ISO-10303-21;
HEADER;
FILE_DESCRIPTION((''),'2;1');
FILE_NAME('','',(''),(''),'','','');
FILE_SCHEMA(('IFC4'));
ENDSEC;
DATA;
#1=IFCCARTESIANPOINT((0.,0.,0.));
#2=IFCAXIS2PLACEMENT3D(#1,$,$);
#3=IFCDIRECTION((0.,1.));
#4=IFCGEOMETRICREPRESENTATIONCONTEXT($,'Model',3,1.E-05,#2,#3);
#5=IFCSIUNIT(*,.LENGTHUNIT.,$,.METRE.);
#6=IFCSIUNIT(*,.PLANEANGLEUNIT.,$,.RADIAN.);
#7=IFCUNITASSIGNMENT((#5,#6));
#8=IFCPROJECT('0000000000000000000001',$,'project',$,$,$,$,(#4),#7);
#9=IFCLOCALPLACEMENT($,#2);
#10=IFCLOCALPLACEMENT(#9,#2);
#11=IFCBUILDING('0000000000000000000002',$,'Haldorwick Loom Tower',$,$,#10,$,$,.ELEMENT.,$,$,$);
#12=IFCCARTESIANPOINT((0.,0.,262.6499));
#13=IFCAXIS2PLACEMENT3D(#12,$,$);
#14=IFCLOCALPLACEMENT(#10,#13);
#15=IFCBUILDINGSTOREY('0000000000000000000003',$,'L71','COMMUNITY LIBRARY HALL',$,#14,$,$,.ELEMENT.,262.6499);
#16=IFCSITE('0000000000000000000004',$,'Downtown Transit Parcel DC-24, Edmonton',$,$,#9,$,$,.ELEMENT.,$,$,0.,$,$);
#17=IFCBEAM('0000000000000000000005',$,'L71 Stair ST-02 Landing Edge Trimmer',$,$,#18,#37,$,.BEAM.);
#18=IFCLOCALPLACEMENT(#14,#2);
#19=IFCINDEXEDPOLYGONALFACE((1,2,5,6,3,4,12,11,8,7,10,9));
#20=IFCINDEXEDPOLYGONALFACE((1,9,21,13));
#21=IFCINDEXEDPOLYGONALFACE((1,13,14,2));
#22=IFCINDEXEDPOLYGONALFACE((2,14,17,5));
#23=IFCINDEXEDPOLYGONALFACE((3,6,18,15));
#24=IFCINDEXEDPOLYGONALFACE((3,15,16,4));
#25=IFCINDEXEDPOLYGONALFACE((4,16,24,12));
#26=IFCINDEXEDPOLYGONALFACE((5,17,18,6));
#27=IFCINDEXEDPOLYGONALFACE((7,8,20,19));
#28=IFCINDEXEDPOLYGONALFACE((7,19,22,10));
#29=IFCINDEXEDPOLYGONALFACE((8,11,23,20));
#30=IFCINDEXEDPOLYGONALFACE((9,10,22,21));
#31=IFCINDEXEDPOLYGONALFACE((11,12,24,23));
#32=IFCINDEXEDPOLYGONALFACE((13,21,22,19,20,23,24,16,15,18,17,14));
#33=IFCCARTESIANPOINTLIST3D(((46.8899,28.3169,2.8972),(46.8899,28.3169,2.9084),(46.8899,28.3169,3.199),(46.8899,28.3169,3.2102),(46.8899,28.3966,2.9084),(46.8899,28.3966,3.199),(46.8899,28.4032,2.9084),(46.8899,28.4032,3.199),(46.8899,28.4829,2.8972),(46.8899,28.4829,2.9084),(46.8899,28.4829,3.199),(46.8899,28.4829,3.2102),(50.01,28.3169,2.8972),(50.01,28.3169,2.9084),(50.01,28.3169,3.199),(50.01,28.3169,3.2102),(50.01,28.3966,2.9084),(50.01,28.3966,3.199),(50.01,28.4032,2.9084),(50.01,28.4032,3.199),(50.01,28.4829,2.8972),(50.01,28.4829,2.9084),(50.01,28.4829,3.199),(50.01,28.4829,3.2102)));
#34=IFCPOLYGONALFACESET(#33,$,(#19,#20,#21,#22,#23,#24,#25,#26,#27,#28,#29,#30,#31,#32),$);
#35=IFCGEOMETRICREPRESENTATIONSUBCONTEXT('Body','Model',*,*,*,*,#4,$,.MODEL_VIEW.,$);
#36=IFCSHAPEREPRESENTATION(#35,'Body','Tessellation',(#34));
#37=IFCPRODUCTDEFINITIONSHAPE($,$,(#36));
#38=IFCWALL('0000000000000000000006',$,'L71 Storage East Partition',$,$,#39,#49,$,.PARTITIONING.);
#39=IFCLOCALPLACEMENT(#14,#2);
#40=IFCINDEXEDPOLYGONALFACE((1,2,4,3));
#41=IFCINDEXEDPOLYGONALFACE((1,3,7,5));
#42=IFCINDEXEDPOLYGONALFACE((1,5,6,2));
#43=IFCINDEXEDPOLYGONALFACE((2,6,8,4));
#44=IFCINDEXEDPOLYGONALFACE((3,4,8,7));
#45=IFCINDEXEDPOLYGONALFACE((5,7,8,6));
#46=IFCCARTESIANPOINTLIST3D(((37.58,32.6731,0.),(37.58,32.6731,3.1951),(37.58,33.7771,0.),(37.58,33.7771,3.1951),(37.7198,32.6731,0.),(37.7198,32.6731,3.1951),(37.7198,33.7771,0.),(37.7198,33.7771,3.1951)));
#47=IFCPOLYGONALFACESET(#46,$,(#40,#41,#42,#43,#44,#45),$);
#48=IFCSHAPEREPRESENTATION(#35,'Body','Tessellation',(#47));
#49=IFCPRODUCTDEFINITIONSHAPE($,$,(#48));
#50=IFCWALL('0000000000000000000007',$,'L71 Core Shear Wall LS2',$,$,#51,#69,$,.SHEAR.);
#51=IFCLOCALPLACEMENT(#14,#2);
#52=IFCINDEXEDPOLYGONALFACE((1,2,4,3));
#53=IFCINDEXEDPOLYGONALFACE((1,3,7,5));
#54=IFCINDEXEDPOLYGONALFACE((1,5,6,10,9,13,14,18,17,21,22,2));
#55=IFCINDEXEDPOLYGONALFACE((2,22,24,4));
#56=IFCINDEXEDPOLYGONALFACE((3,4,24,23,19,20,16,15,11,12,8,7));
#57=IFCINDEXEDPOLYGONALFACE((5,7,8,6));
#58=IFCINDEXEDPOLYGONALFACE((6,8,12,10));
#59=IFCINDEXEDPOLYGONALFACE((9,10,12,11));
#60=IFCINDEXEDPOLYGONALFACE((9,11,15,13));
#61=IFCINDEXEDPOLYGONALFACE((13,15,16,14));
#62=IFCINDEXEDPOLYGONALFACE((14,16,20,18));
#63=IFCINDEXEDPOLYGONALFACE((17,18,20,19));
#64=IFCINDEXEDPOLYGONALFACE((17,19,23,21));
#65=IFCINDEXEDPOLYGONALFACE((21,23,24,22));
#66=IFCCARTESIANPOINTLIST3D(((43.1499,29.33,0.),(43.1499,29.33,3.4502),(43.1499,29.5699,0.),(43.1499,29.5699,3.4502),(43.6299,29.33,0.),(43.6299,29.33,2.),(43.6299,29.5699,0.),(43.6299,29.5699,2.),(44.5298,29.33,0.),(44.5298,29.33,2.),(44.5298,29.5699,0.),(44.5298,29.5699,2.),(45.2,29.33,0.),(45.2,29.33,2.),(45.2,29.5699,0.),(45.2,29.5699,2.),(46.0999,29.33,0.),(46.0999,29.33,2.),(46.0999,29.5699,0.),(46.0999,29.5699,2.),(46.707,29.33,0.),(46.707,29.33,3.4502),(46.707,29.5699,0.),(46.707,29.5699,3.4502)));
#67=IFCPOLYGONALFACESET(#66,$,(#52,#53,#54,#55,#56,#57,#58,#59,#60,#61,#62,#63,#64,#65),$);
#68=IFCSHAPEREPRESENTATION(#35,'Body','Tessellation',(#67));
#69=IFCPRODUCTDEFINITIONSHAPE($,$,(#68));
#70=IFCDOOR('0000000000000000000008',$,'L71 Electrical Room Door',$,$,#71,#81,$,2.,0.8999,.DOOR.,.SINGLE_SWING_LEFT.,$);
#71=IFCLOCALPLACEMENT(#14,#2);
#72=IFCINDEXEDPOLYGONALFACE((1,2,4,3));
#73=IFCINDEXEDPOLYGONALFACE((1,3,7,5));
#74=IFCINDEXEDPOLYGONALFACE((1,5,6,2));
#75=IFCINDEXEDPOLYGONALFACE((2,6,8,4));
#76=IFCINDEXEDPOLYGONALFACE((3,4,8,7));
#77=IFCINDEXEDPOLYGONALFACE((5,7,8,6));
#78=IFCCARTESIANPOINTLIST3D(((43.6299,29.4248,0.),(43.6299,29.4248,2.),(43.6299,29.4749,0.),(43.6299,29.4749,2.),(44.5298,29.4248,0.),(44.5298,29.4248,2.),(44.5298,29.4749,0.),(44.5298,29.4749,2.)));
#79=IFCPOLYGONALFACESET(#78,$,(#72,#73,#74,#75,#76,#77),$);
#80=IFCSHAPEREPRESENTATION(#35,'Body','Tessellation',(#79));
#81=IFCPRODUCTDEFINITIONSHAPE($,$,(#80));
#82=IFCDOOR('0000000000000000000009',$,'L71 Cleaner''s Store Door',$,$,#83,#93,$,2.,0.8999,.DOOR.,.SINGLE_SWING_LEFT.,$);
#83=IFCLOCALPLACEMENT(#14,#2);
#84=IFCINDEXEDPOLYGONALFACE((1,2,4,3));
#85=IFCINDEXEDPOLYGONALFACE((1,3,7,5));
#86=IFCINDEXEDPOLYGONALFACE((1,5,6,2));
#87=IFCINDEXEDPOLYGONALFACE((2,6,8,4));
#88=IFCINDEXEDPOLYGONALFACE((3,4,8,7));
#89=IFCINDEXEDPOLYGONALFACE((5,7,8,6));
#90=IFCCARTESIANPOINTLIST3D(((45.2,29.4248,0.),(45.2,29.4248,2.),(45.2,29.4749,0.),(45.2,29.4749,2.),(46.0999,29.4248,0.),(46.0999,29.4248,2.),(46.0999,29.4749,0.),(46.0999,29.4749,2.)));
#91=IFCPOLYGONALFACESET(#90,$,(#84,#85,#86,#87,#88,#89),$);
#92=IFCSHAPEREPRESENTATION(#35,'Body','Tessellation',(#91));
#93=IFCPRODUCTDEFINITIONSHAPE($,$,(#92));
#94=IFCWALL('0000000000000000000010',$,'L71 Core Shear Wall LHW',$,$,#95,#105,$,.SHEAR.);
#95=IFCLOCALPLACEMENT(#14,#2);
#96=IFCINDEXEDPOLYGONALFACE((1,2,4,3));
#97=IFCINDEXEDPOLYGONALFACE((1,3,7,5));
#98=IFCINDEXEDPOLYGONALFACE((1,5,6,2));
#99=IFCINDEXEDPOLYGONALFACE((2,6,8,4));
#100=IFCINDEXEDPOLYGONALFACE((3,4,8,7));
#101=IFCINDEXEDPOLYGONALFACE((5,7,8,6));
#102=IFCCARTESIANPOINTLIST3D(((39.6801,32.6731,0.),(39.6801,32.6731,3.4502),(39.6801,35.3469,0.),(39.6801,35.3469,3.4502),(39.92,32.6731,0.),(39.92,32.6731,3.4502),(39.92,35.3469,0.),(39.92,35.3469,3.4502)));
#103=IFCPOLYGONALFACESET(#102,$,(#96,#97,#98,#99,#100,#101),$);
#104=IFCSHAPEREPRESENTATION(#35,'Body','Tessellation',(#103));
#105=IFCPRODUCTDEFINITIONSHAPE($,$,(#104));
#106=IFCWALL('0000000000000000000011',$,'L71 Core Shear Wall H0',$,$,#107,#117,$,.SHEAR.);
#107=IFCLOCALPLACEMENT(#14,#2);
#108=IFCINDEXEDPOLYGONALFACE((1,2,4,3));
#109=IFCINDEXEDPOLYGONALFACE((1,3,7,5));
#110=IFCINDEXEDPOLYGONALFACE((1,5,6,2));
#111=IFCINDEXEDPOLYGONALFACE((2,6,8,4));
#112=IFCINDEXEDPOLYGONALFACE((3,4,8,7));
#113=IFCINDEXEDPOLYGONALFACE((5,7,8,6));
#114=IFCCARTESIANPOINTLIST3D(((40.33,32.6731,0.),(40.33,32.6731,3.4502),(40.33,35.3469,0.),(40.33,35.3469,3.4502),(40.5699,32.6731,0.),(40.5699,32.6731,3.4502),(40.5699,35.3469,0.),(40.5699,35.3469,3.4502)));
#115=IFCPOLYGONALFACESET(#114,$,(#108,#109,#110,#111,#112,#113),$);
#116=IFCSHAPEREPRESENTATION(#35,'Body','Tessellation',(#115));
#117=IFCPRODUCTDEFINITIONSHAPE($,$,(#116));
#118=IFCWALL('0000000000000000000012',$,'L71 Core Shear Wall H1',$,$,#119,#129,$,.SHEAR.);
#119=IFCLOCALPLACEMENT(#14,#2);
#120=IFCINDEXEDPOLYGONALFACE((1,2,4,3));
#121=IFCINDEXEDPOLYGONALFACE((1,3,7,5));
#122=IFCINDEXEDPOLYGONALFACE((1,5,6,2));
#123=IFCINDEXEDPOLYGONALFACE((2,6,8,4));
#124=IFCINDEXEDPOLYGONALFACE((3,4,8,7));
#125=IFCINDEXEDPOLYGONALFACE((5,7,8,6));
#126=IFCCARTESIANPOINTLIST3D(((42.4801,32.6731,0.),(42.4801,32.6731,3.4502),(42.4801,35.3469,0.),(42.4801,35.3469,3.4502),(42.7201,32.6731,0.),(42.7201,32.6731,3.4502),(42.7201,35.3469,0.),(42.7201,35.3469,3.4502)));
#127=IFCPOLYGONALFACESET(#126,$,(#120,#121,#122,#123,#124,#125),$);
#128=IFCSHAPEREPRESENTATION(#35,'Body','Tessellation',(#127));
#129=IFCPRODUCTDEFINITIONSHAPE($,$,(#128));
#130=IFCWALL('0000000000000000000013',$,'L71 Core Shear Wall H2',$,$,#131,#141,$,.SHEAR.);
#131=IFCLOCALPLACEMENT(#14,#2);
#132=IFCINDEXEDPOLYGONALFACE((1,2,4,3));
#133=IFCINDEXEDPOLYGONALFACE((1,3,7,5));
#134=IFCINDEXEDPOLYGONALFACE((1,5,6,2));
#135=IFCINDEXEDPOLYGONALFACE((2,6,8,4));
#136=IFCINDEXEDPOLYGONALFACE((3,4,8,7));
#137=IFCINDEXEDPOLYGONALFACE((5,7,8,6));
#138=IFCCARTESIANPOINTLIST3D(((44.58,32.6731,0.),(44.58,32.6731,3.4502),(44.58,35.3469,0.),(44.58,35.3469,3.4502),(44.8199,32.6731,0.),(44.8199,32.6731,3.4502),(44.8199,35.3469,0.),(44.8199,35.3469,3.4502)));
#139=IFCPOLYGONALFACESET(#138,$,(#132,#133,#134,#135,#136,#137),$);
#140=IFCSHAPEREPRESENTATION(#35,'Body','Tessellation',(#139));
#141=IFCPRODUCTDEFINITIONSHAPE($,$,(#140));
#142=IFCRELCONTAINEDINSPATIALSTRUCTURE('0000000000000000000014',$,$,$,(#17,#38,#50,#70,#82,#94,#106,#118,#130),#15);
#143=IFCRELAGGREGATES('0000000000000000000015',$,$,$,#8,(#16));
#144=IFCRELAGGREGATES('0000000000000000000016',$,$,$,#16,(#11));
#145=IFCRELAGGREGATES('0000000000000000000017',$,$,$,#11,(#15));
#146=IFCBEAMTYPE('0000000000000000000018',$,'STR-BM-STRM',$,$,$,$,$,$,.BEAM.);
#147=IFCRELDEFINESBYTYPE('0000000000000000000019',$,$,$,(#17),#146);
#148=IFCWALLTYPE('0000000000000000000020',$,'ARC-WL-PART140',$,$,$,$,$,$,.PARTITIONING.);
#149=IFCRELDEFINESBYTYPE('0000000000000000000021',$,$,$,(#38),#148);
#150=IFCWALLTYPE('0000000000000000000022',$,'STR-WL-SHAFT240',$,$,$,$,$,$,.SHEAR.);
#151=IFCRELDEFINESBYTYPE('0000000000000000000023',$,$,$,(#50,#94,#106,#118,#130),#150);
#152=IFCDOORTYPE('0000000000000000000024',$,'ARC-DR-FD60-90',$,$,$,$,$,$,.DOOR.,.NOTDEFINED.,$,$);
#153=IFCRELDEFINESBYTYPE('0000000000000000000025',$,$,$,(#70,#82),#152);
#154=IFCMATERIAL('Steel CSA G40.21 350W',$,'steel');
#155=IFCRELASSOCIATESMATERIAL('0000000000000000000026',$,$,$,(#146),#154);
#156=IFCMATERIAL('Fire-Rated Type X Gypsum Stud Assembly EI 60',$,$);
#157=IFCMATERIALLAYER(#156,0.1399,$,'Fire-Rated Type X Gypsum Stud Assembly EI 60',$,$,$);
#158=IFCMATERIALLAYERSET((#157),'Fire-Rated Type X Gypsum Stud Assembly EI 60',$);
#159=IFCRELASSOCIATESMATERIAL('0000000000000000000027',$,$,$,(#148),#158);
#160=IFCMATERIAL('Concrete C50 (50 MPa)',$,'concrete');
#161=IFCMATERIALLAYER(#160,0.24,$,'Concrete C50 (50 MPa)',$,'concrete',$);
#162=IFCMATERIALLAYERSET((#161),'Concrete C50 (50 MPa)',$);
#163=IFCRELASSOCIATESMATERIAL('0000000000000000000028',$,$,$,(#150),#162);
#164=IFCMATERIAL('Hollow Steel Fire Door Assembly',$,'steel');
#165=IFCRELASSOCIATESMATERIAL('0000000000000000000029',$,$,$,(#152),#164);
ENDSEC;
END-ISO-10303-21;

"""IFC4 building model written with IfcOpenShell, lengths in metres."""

from ifc_helpers import new_model, si_unit, direction, frame, frame_2d, origin, origin_2d, place, context, subcontext, project, spatial, rectangle, i_section, extrude, material, layer, layer_set, material_profile, profile_set, type_object, element, fill, save


model = new_model("IFC4")

# Units and contexts
model_context = context("Model", 3, precision=1e-05, world=origin(), true_north=direction((0.0, 1.0)))
body_context = subcontext(model_context, "Body", "Model", "MODEL_VIEW")
ifc_project = project(units=[si_unit("LENGTHUNIT", "METRE"), si_unit("PLANEANGLEUNIT", "RADIAN")], contexts=[model_context])

# Site, building, storey
site_placement = place(None, origin())
site = spatial("IfcSite", under=ifc_project, at=site_placement, Name="Downtown Transit Parcel DC-24, Edmonton", CompositionType="ELEMENT", RefElevation=0.0)
building_placement = place(site_placement, origin())
building = spatial("IfcBuilding", under=site, at=building_placement, Name="Haldorwick Loom Tower", CompositionType="ELEMENT")
storey_placement = place(building_placement, frame((0.0, 0.0, 262.6499)))
storey = spatial("IfcBuildingStorey", under=building, at=storey_placement, Name="L71", Description="COMMUNITY LIBRARY HALL", CompositionType="ELEMENT", Elevation=262.6499)

# Shared definitions
ifc_material_1 = material(Name="Steel CSA G40.21 350W", Category="steel")

# Beam
ifc_material_2 = material(Name="Concrete C50 (50 MPa)", Category="concrete")
ifc_material_profile_1 = material_profile(ifc_material_1, i_section(OverallWidth=0.166, OverallDepth=0.313, WebThickness=0.0066, FlangeThickness=0.0112, at=origin_2d()), Name="W310X45", Category="steel")
ifc_profile_set_1 = profile_set([ifc_material_profile_1], Name="Steel CSA G40.21 350W")
beam_type_1 = type_object("IfcBeamType", Name="STR-BM-STRM", PredefinedType="BEAM", material=ifc_profile_set_1)
beam_1_placement = place(storey_placement, frame((46.8899, 28.3999, 3.0537), z_axis=(1.0, 0.0, 0.0), x_axis=(0.0, 1.0, 0.0)))
element("IfcBeam", 1, at=beam_1_placement, inside=storey, type_object=beam_type_1, Name="L71 Stair ST-02 Landing Edge Trimmer", PredefinedType="BEAM", context=body_context, shape_type="SweptSolid", body=[
    extrude(i_section(OverallWidth=0.166, OverallDepth=0.313, WebThickness=0.0066, FlangeThickness=0.0112, at=origin_2d()), origin(), (0.0, 0.0, 1.0), 3.1201),
])

# Wall
ifc_material_3 = material(Name="Fire-Rated Type X Gypsum Stud Assembly EI 60")
ifc_layer_1 = layer(ifc_material_3, 0.1399, Name="Fire-Rated Type X Gypsum Stud Assembly EI 60")
ifc_layer_set_1 = layer_set([ifc_layer_1], Name="Fire-Rated Type X Gypsum Stud Assembly EI 60")
wall_type_1 = type_object("IfcWallType", Name="ARC-WL-PART140", PredefinedType="PARTITIONING", material=ifc_layer_set_1)
wall_1_placement = place(storey_placement, frame((37.6499, 32.6731, 0.0), z_axis=(0.0, 0.0, 1.0), x_axis=(0.0, 1.0, 0.0)))
element("IfcWall", 2, at=wall_1_placement, inside=storey, type_object=wall_type_1, Name="L71 Storage East Partition", PredefinedType="PARTITIONING", context=body_context, shape_type="SweptSolid", body=[
    extrude(rectangle(XDim=1.104, YDim=0.1399, at=frame_2d((0.552, 0.0))), origin(), (0.0, 0.0, 1.0), 3.1951),
])

# Wall, openings, doors
ifc_layer_2 = layer(ifc_material_2, 0.24, Name="Concrete C50 (50 MPa)", Category="concrete")
ifc_layer_set_2 = layer_set([ifc_layer_2], Name="Concrete C50 (50 MPa)")
wall_type_2 = type_object("IfcWallType", Name="STR-WL-SHAFT240", PredefinedType="SHEAR", material=ifc_layer_set_2)
wall_2_placement = place(storey_placement, frame((43.1499, 29.45, 0.0), z_axis=(0.0, 0.0, 1.0), x_axis=(1.0, 0.0, 0.0)))
wall_2 = element("IfcWall", 3, at=wall_2_placement, inside=storey, type_object=wall_type_2, Name="L71 Core Shear Wall LS2", PredefinedType="SHEAR", context=body_context, shape_type="SweptSolid", body=[
    extrude(rectangle(XDim=3.5571, YDim=0.24, at=frame_2d((1.7786, 0.0))), origin(), (0.0, 0.0, 1.0), 3.4502),
])
opening_1_placement = place(wall_2_placement, frame((0.48, 0.0, 0.0)))
opening_1 = element("IfcOpeningElement", 4, at=opening_1_placement, cuts=wall_2, PredefinedType="OPENING", context=body_context, shape_type="SweptSolid", body=[
    extrude(rectangle(XDim=0.8999, YDim=2.0, at=frame_2d((0.45, 1.0))), frame((0.0, 0.1299, 0.0), z_axis=(0.0, -1.0, 0.0), x_axis=(1.0, 0.0, 0.0)), (0.0, 0.0, 1.0), 0.26),
])
opening_2_placement = place(wall_2_placement, frame((2.05, 0.0, 0.0)))
opening_2 = element("IfcOpeningElement", 5, at=opening_2_placement, cuts=wall_2, PredefinedType="OPENING", context=body_context, shape_type="SweptSolid", body=[
    extrude(rectangle(XDim=0.8999, YDim=2.0, at=frame_2d((0.45, 1.0))), frame((0.0, 0.1299, 0.0), z_axis=(0.0, -1.0, 0.0), x_axis=(1.0, 0.0, 0.0)), (0.0, 0.0, 1.0), 0.26),
])
ifc_material_4 = material(Name="Hollow Steel Fire Door Assembly", Category="steel")
door_type = type_object("IfcDoorType", Name="ARC-DR-FD60-90", OperationType="NOTDEFINED", PredefinedType="DOOR", material=ifc_material_4)
door_1_placement = place(opening_1_placement, origin())
door_1 = element("IfcDoor", 6, at=door_1_placement, inside=storey, type_object=door_type, Name="L71 Electrical Room Door", OperationType="SINGLE_SWING_LEFT", OverallHeight=2.0, OverallWidth=0.8999, PredefinedType="DOOR", context=body_context, shape_type="SweptSolid", body=[
    extrude(rectangle(XDim=0.8999, YDim=2.0, at=frame_2d((0.45, 1.0))), frame((0.0, 0.0249, 0.0), z_axis=(0.0, -1.0, 0.0), x_axis=(1.0, 0.0, 0.0)), (0.0, 0.0, 1.0), 0.05),
])
fill(opening_1, door_1)
door_2_placement = place(opening_2_placement, origin())
door_2 = element("IfcDoor", 7, at=door_2_placement, inside=storey, type_object=door_type, Name="L71 Cleaner's Store Door", OperationType="SINGLE_SWING_LEFT", OverallHeight=2.0, OverallWidth=0.8999, PredefinedType="DOOR", context=body_context, shape_type="SweptSolid", body=[
    extrude(rectangle(XDim=0.8999, YDim=2.0, at=frame_2d((0.45, 1.0))), frame((0.0, 0.0249, 0.0), z_axis=(0.0, -1.0, 0.0), x_axis=(1.0, 0.0, 0.0)), (0.0, 0.0, 1.0), 0.05),
])
fill(opening_2, door_2)

# Walls
for number, where, z_axis, x_axis, name in (
    (8, (39.8, 32.6731, 0.0), (0.0, 0.0, 1.0), (0.0, 1.0, 0.0), "L71 Core Shear Wall LHW"),
    (9, (40.45, 32.6731, 0.0), (0.0, 0.0, 1.0), (0.0, 1.0, 0.0), "L71 Core Shear Wall H0"),
    (10, (42.6001, 32.6731, 0.0), (0.0, 0.0, 1.0), (0.0, 1.0, 0.0), "L71 Core Shear Wall H1"),
    (11, (44.7, 32.6731, 0.0), (0.0, 0.0, 1.0), (0.0, 1.0, 0.0), "L71 Core Shear Wall H2"),
):
    element("IfcWall", number, at=place(storey_placement, frame(where, z_axis=z_axis, x_axis=x_axis)), inside=storey, type_object=wall_type_2, Name=name, PredefinedType="SHEAR", context=body_context, shape_type="SweptSolid", body=[
        extrude(rectangle(XDim=2.6738, YDim=0.24, at=frame_2d((1.3369, 0.0))), origin(), (0.0, 0.0, 1.0), 3.4502),
    ])

save(model, "model.ifc")
